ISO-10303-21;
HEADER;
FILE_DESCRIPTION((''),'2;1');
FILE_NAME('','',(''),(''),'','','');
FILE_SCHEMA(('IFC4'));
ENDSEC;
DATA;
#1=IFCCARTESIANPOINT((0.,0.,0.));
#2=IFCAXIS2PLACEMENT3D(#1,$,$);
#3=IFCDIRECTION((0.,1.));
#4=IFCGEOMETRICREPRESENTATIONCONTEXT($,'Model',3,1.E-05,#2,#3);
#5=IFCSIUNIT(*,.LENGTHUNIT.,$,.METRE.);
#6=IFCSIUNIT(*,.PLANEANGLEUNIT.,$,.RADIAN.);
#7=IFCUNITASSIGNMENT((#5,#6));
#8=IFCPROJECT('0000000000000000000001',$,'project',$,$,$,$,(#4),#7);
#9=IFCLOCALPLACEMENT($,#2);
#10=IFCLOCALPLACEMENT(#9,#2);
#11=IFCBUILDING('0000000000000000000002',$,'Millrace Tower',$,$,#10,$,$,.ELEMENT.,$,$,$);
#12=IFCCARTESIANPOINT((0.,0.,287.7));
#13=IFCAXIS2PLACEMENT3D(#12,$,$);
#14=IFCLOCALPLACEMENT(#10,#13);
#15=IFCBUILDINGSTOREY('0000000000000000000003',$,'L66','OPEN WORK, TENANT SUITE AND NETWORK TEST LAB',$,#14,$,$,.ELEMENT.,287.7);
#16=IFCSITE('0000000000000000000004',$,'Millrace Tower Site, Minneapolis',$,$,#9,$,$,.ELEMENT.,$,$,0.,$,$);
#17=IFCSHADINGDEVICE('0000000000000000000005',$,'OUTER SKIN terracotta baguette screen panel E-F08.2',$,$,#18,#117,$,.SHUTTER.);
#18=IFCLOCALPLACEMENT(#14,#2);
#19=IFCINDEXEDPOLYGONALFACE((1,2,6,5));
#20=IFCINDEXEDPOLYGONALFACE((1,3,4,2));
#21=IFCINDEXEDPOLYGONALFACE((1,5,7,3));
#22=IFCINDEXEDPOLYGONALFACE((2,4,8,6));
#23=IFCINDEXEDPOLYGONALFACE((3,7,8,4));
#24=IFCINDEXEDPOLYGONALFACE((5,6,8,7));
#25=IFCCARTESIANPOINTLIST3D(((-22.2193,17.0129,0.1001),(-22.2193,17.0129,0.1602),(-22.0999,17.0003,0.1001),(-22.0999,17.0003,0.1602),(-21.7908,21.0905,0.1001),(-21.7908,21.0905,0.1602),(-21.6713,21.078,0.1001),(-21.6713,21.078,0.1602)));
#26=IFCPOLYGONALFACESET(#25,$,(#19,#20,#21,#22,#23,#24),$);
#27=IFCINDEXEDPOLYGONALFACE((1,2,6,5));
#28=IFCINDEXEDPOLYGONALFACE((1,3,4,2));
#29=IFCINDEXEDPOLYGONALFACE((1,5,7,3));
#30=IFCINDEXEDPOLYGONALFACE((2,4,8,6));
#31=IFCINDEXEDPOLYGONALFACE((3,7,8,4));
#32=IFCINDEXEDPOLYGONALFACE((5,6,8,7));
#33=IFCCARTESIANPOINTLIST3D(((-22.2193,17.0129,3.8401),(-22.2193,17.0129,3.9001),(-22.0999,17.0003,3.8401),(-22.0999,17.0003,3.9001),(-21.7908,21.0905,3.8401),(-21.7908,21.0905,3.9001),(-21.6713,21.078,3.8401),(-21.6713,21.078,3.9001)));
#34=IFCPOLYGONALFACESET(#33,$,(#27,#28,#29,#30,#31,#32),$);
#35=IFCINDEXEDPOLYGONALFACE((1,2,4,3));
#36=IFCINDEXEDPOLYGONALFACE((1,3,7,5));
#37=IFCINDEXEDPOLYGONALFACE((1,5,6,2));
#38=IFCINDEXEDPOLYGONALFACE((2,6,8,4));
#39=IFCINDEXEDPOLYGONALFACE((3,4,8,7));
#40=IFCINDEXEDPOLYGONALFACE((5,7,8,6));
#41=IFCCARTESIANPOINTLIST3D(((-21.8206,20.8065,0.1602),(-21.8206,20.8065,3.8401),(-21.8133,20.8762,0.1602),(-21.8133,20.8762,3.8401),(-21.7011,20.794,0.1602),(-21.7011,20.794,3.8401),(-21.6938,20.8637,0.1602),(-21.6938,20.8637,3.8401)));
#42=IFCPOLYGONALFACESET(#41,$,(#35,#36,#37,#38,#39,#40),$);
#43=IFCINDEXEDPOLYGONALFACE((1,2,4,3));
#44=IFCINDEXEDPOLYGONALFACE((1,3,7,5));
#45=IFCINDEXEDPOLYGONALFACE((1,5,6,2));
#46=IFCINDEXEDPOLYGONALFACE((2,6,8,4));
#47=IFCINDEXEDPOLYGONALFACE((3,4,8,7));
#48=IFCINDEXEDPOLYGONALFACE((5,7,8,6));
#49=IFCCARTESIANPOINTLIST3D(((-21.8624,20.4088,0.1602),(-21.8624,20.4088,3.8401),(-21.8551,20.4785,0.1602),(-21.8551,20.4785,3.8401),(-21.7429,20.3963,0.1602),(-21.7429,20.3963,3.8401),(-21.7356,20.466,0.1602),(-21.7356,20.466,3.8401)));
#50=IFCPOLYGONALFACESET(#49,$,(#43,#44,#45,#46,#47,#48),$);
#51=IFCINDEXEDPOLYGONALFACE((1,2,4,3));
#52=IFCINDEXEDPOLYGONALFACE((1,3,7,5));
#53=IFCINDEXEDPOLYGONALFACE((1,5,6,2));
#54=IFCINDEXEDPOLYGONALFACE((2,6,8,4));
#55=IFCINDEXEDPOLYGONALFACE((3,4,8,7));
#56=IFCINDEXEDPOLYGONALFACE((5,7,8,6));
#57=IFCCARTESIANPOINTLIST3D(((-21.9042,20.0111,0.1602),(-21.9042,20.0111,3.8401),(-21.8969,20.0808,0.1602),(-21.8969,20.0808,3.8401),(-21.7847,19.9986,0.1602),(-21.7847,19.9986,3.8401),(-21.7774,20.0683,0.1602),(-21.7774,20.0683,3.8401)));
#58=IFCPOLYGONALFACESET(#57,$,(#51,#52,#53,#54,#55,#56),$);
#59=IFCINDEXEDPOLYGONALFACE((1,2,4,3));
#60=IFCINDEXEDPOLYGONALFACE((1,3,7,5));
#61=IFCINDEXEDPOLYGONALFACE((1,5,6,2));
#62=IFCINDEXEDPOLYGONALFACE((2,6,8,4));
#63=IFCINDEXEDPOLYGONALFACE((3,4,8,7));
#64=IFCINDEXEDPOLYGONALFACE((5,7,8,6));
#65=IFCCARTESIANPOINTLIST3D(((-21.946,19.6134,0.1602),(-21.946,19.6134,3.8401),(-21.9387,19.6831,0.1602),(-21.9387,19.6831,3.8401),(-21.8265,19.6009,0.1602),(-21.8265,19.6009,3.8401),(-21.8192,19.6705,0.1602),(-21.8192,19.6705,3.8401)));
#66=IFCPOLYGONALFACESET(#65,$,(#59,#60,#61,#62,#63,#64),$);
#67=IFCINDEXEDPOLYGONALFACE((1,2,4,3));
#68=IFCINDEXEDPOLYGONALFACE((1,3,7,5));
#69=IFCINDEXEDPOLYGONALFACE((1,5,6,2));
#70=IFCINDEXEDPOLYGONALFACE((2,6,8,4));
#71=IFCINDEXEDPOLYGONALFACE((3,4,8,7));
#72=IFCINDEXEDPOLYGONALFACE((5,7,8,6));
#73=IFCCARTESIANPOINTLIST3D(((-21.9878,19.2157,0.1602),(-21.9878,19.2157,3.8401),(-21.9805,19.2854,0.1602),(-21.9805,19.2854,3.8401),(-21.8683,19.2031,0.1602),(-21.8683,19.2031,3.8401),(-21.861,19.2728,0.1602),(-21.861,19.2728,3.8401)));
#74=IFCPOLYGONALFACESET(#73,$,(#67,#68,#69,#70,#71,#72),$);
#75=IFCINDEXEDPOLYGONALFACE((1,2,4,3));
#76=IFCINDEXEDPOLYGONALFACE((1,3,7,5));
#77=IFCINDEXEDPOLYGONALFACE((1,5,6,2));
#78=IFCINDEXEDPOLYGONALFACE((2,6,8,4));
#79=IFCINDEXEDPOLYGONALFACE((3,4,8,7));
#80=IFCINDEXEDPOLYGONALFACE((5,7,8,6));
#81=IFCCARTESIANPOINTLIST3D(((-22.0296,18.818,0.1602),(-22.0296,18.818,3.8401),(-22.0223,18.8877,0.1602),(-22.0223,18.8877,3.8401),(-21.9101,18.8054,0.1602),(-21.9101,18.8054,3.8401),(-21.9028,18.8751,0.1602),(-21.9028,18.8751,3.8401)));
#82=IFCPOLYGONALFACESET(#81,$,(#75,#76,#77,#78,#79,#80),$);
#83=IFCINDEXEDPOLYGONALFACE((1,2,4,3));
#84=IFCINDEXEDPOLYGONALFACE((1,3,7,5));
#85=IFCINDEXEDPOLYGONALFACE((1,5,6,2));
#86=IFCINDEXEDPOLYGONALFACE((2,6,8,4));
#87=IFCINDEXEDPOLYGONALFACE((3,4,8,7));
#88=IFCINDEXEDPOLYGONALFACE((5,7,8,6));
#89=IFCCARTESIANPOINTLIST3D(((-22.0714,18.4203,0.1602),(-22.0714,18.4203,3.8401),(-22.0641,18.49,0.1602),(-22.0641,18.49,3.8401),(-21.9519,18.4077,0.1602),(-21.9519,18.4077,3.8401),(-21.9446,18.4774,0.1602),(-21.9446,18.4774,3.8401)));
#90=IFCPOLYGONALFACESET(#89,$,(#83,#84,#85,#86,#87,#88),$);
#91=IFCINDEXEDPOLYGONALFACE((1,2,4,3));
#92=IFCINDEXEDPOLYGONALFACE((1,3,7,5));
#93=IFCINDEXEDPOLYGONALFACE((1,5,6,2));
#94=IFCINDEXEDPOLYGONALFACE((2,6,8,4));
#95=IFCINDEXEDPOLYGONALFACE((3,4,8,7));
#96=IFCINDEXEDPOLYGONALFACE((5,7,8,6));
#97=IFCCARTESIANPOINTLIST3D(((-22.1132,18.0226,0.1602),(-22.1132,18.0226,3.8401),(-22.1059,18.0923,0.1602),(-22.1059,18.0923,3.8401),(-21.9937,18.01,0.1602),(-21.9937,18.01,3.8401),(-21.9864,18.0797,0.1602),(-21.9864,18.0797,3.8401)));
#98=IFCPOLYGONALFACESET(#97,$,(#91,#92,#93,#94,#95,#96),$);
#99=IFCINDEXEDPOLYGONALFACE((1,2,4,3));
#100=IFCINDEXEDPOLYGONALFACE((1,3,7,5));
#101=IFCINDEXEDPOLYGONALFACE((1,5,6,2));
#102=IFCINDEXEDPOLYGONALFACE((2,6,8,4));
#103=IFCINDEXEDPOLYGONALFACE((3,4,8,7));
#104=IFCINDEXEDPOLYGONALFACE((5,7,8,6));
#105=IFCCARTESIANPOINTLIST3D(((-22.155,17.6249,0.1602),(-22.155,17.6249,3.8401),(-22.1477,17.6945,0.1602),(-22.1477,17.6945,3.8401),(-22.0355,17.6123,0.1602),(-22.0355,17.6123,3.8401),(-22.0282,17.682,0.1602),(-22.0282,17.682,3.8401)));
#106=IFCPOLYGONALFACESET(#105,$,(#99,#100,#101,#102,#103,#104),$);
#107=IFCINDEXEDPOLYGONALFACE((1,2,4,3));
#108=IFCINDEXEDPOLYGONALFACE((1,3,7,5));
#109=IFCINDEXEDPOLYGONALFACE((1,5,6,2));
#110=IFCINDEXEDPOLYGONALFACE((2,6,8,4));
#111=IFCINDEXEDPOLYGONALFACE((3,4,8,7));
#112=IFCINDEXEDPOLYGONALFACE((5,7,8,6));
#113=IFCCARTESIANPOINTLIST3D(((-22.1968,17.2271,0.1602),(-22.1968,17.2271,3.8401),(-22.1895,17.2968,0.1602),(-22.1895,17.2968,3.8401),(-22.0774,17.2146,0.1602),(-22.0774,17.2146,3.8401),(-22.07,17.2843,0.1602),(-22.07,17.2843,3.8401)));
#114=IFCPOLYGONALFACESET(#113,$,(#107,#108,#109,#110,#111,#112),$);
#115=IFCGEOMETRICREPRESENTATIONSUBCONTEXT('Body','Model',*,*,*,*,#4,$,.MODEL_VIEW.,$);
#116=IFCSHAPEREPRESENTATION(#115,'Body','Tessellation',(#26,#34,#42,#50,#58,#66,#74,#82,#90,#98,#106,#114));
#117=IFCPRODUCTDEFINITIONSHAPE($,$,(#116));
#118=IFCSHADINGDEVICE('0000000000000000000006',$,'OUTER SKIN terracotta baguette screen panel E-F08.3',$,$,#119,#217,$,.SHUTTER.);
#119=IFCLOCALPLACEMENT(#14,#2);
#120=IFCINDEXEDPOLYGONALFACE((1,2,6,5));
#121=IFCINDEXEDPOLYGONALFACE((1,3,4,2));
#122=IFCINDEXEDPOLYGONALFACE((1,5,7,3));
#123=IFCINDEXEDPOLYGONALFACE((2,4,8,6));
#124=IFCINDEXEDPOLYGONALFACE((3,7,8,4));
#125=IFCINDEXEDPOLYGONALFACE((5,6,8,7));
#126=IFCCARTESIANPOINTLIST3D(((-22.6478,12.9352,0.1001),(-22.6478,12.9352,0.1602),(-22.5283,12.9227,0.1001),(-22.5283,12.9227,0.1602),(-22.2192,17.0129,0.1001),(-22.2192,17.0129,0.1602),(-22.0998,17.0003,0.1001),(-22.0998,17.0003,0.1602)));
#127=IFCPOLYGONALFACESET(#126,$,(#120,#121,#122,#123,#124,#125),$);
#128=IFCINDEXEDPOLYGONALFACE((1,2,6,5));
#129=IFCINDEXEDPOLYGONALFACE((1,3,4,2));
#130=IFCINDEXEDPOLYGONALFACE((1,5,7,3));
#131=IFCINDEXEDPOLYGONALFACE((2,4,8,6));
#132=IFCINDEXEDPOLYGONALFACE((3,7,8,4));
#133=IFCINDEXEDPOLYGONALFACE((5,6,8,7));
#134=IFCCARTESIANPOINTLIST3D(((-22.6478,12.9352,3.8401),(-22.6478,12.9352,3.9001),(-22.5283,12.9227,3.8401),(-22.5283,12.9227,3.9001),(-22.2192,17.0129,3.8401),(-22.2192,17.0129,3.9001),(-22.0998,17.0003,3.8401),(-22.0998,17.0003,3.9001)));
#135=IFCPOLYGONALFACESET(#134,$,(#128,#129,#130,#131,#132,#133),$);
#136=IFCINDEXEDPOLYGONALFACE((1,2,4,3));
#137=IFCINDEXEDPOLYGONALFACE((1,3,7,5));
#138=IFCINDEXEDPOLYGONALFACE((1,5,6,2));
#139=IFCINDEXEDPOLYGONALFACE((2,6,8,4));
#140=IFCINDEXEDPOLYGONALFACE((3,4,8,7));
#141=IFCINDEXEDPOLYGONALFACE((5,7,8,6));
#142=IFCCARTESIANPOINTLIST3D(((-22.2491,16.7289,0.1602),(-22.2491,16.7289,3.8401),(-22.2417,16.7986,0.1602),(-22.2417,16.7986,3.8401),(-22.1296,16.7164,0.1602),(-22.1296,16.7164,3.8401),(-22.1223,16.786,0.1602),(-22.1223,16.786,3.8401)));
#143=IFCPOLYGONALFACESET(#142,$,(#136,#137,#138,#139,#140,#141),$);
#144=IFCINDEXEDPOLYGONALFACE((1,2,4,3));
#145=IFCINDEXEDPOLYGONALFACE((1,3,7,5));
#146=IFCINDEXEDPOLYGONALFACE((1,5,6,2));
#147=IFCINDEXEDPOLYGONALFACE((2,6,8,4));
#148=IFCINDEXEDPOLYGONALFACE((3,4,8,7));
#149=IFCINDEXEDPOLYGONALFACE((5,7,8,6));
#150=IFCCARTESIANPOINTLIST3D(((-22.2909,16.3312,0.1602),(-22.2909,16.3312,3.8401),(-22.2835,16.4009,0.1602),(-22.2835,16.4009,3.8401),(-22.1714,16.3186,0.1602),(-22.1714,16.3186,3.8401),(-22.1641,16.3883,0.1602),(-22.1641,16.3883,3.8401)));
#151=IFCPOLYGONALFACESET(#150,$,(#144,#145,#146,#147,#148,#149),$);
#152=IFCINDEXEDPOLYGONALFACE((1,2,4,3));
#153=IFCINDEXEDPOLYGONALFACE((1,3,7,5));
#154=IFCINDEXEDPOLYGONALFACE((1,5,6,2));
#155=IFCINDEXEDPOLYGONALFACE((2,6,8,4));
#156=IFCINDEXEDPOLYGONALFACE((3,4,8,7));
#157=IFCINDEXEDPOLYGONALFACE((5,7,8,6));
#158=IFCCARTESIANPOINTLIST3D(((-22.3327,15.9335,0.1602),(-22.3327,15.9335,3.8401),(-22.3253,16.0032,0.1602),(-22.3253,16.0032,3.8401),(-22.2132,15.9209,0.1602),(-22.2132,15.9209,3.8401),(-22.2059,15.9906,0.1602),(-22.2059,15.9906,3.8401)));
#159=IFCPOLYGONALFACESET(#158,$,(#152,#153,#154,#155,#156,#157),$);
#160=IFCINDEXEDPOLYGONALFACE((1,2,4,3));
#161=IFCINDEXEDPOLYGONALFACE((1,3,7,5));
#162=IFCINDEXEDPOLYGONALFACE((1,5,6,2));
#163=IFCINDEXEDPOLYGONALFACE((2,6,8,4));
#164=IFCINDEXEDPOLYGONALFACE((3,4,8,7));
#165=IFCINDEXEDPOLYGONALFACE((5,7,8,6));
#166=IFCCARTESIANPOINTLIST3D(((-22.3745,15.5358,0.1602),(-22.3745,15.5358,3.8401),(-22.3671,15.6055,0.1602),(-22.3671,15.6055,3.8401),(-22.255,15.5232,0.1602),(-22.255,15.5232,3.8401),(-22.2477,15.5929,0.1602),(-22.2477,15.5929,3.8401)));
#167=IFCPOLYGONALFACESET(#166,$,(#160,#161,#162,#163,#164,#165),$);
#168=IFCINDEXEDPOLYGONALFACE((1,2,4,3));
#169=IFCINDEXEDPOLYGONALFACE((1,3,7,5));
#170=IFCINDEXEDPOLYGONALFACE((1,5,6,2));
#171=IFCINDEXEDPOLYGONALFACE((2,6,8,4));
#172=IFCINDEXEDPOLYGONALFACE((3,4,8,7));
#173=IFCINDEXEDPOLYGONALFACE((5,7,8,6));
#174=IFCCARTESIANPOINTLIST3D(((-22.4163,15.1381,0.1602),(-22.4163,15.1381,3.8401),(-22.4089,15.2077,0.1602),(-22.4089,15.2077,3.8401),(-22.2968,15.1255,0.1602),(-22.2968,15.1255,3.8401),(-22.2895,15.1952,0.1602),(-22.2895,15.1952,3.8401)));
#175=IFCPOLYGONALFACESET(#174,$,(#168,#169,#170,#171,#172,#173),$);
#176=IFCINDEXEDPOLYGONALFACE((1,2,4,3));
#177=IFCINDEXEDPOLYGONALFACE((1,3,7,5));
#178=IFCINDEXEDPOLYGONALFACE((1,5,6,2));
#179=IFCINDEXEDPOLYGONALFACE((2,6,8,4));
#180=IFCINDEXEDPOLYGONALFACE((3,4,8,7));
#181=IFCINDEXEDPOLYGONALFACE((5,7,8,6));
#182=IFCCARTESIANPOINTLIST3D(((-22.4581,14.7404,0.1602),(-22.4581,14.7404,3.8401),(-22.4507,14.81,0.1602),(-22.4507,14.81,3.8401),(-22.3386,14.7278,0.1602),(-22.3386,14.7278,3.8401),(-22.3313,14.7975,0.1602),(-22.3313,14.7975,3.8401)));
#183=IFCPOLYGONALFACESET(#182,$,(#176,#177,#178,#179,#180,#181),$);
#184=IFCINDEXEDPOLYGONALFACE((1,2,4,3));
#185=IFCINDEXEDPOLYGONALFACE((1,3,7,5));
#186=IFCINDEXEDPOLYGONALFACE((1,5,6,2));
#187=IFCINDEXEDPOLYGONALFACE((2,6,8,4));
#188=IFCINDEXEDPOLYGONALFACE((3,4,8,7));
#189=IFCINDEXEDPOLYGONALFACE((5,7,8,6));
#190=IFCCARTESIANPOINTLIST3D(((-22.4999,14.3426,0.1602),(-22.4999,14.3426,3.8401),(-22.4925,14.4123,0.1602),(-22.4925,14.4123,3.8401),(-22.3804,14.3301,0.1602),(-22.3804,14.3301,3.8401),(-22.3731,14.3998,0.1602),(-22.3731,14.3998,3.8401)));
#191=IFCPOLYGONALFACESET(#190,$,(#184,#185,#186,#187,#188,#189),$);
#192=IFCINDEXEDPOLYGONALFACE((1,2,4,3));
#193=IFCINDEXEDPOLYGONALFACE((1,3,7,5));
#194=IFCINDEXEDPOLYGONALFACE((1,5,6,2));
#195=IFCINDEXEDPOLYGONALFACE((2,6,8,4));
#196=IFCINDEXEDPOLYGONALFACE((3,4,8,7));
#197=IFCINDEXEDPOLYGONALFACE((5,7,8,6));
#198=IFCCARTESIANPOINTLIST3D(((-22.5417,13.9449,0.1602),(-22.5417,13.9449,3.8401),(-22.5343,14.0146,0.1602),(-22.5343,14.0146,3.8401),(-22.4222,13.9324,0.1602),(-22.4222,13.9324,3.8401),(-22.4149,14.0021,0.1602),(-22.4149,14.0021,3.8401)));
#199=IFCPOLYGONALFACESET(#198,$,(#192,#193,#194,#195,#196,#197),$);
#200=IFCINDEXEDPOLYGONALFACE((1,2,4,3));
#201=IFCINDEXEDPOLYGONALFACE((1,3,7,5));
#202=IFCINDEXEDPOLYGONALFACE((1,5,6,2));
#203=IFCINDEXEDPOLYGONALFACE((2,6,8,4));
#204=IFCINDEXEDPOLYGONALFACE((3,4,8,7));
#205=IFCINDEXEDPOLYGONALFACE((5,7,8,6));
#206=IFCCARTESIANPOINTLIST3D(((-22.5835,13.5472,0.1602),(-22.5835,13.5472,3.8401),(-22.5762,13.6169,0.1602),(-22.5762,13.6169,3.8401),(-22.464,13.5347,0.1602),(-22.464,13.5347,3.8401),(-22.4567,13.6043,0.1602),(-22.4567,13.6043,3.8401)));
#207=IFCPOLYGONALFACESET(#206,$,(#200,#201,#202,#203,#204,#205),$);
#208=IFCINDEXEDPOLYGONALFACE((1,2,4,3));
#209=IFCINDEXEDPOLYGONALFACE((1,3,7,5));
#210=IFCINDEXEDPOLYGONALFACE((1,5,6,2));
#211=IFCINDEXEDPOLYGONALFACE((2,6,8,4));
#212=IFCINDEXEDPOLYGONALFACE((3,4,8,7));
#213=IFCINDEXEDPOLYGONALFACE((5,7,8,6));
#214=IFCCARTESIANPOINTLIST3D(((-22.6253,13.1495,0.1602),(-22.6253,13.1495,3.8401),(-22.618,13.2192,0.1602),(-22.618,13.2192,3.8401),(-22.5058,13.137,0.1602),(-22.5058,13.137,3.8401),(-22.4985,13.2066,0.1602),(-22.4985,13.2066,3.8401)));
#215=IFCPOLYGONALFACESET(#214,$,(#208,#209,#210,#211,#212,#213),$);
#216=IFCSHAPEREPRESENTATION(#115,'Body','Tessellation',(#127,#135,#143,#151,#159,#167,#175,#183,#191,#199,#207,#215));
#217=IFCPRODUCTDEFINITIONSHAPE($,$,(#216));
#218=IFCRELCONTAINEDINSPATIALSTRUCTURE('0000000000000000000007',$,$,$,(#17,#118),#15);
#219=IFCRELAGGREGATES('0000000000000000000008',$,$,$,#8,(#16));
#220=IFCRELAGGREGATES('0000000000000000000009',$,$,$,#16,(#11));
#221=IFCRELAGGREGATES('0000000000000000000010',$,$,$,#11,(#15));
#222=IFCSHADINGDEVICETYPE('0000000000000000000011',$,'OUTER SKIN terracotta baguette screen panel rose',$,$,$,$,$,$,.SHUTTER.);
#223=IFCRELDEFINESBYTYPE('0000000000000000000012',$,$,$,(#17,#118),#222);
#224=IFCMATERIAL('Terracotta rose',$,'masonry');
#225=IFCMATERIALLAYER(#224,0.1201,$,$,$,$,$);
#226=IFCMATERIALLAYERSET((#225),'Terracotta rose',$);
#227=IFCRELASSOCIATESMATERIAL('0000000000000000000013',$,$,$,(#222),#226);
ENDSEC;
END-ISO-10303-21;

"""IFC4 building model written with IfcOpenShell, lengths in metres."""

from ifc_helpers import new_model, entity, si_unit, direction, frame, frame_2d, origin, place, context, subcontext, project, spatial, rectangle, extrude, source, transform, mapped, material, layer, layer_set, type_object, element, save


model = new_model("IFC4")

# Units and contexts
model_context = context("Model", 3, precision=1e-05, world=origin(), true_north=direction((0.0, 1.0)))
body_context = subcontext(model_context, "Body", "Model", "MODEL_VIEW")
ifc_project = project(units=[si_unit("LENGTHUNIT", "METRE"), si_unit("PLANEANGLEUNIT", "RADIAN")], contexts=[model_context])

# Site, building, storey
site_placement = place(None, origin())
site = spatial("IfcSite", under=ifc_project, at=site_placement, Name="Millrace Tower Site, Minneapolis", CompositionType="ELEMENT", RefElevation=0.0)
building_placement = place(site_placement, origin())
building = spatial("IfcBuilding", under=site, at=building_placement, Name="Millrace Tower", CompositionType="ELEMENT")
storey_placement = place(building_placement, frame((0.0, 0.0, 287.7)))
storey = spatial("IfcBuildingStorey", under=building, at=storey_placement, Name="L66", Description="OPEN WORK, TENANT SUITE AND NETWORK TEST LAB", CompositionType="ELEMENT", Elevation=287.7)

# Shading devices
ifc_material_1 = material(Name="Terracotta rose", Category="masonry")
ifc_layer_1 = layer(ifc_material_1, 0.1201)
ifc_layer_set_1 = layer_set([ifc_layer_1], Name="Terracotta rose")
shading_device_type = type_object("IfcShadingDeviceType", Name="OUTER SKIN terracotta baguette screen panel rose", PredefinedType="SHUTTER", material=ifc_layer_set_1)
cartesian_point_1 = entity("IfcCartesianPoint", [-2.05, 0.0601])
shared_polyline_1 = entity("IfcPolyline", [cartesian_point_1, entity("IfcCartesianPoint", [2.05, 0.0601]), entity("IfcCartesianPoint", [2.05, -0.0601]), entity("IfcCartesianPoint", [-2.05, -0.0601]), cartesian_point_1])
shared_shape_1 = source(origin(), body_context, "Body", "SweptSolid", [
    entity("IfcExtrudedAreaSolid", entity("IfcArbitraryClosedProfileDef", "AREA", None, shared_polyline_1), entity("IfcAxis2Placement3D", entity("IfcCartesianPoint", [0.0, 0.0, 0.0])), entity("IfcDirection", [0.0, 0.0, 1.0]), 0.0601),
    entity("IfcExtrudedAreaSolid", entity("IfcArbitraryClosedProfileDef", "AREA", None, shared_polyline_1), entity("IfcAxis2Placement3D", entity("IfcCartesianPoint", [0.0, 0.0, 3.74])), entity("IfcDirection", [0.0, 0.0, 1.0]), 0.0601),
    extrude(rectangle(XDim=0.0701, YDim=0.1201, at=frame_2d((-1.7996, 0.0))), frame((0.0, 0.0, 0.0601)), (0.0, 0.0, 1.0), 3.6799),
    extrude(rectangle(XDim=0.0701, YDim=0.1201, at=frame_2d((-1.3997, 0.0))), frame((0.0, 0.0, 0.0601)), (0.0, 0.0, 1.0), 3.6799),
    extrude(rectangle(XDim=0.0701, YDim=0.1201, at=frame_2d((-0.9998, 0.0))), frame((0.0, 0.0, 0.0601)), (0.0, 0.0, 1.0), 3.6799),
    extrude(rectangle(XDim=0.0701, YDim=0.1201, at=frame_2d((-0.5999, 0.0))), frame((0.0, 0.0, 0.0601)), (0.0, 0.0, 1.0), 3.6799),
    extrude(rectangle(XDim=0.0701, YDim=0.1201, at=frame_2d((-0.2, 0.0))), frame((0.0, 0.0, 0.0601)), (0.0, 0.0, 1.0), 3.6799),
    extrude(rectangle(XDim=0.0701, YDim=0.1201, at=frame_2d((0.2, 0.0))), frame((0.0, 0.0, 0.0601)), (0.0, 0.0, 1.0), 3.6799),
    extrude(rectangle(XDim=0.0701, YDim=0.1201, at=frame_2d((0.5999, 0.0))), frame((0.0, 0.0, 0.0601)), (0.0, 0.0, 1.0), 3.6799),
    extrude(rectangle(XDim=0.0701, YDim=0.1201, at=frame_2d((0.9998, 0.0))), frame((0.0, 0.0, 0.0601)), (0.0, 0.0, 1.0), 3.6799),
    extrude(rectangle(XDim=0.0701, YDim=0.1201, at=frame_2d((1.3997, 0.0))), frame((0.0, 0.0, 0.0601)), (0.0, 0.0, 1.0), 3.6799),
    extrude(rectangle(XDim=0.0701, YDim=0.1201, at=frame_2d((1.7996, 0.0))), frame((0.0, 0.0, 0.0601)), (0.0, 0.0, 1.0), 3.6799),
])
for number, where, z_axis, x_axis, name in (
    (1, (-21.9453, 19.0454, 0.1001), (0.0, 0.0, 1.0), (-0.104528, -0.994522, 0.0), "OUTER SKIN terracotta baguette screen panel E-F08.2"),
    (2, (-22.3738, 14.9678, 0.1001), (0.0, 0.0, 1.0), (-0.104528, -0.994522, 0.0), "OUTER SKIN terracotta baguette screen panel E-F08.3"),
):
    element("IfcShadingDevice", number, at=place(storey_placement, frame(where, z_axis=z_axis, x_axis=x_axis)), inside=storey, type_object=shading_device_type, Name=name, PredefinedType="SHUTTER", context=body_context, shape_type="MappedRepresentation", body=[
        mapped(shared_shape_1, transform((0.0, 0.0, 0.0), scale=1.0)),
    ])

save(model, "model.ifc")
